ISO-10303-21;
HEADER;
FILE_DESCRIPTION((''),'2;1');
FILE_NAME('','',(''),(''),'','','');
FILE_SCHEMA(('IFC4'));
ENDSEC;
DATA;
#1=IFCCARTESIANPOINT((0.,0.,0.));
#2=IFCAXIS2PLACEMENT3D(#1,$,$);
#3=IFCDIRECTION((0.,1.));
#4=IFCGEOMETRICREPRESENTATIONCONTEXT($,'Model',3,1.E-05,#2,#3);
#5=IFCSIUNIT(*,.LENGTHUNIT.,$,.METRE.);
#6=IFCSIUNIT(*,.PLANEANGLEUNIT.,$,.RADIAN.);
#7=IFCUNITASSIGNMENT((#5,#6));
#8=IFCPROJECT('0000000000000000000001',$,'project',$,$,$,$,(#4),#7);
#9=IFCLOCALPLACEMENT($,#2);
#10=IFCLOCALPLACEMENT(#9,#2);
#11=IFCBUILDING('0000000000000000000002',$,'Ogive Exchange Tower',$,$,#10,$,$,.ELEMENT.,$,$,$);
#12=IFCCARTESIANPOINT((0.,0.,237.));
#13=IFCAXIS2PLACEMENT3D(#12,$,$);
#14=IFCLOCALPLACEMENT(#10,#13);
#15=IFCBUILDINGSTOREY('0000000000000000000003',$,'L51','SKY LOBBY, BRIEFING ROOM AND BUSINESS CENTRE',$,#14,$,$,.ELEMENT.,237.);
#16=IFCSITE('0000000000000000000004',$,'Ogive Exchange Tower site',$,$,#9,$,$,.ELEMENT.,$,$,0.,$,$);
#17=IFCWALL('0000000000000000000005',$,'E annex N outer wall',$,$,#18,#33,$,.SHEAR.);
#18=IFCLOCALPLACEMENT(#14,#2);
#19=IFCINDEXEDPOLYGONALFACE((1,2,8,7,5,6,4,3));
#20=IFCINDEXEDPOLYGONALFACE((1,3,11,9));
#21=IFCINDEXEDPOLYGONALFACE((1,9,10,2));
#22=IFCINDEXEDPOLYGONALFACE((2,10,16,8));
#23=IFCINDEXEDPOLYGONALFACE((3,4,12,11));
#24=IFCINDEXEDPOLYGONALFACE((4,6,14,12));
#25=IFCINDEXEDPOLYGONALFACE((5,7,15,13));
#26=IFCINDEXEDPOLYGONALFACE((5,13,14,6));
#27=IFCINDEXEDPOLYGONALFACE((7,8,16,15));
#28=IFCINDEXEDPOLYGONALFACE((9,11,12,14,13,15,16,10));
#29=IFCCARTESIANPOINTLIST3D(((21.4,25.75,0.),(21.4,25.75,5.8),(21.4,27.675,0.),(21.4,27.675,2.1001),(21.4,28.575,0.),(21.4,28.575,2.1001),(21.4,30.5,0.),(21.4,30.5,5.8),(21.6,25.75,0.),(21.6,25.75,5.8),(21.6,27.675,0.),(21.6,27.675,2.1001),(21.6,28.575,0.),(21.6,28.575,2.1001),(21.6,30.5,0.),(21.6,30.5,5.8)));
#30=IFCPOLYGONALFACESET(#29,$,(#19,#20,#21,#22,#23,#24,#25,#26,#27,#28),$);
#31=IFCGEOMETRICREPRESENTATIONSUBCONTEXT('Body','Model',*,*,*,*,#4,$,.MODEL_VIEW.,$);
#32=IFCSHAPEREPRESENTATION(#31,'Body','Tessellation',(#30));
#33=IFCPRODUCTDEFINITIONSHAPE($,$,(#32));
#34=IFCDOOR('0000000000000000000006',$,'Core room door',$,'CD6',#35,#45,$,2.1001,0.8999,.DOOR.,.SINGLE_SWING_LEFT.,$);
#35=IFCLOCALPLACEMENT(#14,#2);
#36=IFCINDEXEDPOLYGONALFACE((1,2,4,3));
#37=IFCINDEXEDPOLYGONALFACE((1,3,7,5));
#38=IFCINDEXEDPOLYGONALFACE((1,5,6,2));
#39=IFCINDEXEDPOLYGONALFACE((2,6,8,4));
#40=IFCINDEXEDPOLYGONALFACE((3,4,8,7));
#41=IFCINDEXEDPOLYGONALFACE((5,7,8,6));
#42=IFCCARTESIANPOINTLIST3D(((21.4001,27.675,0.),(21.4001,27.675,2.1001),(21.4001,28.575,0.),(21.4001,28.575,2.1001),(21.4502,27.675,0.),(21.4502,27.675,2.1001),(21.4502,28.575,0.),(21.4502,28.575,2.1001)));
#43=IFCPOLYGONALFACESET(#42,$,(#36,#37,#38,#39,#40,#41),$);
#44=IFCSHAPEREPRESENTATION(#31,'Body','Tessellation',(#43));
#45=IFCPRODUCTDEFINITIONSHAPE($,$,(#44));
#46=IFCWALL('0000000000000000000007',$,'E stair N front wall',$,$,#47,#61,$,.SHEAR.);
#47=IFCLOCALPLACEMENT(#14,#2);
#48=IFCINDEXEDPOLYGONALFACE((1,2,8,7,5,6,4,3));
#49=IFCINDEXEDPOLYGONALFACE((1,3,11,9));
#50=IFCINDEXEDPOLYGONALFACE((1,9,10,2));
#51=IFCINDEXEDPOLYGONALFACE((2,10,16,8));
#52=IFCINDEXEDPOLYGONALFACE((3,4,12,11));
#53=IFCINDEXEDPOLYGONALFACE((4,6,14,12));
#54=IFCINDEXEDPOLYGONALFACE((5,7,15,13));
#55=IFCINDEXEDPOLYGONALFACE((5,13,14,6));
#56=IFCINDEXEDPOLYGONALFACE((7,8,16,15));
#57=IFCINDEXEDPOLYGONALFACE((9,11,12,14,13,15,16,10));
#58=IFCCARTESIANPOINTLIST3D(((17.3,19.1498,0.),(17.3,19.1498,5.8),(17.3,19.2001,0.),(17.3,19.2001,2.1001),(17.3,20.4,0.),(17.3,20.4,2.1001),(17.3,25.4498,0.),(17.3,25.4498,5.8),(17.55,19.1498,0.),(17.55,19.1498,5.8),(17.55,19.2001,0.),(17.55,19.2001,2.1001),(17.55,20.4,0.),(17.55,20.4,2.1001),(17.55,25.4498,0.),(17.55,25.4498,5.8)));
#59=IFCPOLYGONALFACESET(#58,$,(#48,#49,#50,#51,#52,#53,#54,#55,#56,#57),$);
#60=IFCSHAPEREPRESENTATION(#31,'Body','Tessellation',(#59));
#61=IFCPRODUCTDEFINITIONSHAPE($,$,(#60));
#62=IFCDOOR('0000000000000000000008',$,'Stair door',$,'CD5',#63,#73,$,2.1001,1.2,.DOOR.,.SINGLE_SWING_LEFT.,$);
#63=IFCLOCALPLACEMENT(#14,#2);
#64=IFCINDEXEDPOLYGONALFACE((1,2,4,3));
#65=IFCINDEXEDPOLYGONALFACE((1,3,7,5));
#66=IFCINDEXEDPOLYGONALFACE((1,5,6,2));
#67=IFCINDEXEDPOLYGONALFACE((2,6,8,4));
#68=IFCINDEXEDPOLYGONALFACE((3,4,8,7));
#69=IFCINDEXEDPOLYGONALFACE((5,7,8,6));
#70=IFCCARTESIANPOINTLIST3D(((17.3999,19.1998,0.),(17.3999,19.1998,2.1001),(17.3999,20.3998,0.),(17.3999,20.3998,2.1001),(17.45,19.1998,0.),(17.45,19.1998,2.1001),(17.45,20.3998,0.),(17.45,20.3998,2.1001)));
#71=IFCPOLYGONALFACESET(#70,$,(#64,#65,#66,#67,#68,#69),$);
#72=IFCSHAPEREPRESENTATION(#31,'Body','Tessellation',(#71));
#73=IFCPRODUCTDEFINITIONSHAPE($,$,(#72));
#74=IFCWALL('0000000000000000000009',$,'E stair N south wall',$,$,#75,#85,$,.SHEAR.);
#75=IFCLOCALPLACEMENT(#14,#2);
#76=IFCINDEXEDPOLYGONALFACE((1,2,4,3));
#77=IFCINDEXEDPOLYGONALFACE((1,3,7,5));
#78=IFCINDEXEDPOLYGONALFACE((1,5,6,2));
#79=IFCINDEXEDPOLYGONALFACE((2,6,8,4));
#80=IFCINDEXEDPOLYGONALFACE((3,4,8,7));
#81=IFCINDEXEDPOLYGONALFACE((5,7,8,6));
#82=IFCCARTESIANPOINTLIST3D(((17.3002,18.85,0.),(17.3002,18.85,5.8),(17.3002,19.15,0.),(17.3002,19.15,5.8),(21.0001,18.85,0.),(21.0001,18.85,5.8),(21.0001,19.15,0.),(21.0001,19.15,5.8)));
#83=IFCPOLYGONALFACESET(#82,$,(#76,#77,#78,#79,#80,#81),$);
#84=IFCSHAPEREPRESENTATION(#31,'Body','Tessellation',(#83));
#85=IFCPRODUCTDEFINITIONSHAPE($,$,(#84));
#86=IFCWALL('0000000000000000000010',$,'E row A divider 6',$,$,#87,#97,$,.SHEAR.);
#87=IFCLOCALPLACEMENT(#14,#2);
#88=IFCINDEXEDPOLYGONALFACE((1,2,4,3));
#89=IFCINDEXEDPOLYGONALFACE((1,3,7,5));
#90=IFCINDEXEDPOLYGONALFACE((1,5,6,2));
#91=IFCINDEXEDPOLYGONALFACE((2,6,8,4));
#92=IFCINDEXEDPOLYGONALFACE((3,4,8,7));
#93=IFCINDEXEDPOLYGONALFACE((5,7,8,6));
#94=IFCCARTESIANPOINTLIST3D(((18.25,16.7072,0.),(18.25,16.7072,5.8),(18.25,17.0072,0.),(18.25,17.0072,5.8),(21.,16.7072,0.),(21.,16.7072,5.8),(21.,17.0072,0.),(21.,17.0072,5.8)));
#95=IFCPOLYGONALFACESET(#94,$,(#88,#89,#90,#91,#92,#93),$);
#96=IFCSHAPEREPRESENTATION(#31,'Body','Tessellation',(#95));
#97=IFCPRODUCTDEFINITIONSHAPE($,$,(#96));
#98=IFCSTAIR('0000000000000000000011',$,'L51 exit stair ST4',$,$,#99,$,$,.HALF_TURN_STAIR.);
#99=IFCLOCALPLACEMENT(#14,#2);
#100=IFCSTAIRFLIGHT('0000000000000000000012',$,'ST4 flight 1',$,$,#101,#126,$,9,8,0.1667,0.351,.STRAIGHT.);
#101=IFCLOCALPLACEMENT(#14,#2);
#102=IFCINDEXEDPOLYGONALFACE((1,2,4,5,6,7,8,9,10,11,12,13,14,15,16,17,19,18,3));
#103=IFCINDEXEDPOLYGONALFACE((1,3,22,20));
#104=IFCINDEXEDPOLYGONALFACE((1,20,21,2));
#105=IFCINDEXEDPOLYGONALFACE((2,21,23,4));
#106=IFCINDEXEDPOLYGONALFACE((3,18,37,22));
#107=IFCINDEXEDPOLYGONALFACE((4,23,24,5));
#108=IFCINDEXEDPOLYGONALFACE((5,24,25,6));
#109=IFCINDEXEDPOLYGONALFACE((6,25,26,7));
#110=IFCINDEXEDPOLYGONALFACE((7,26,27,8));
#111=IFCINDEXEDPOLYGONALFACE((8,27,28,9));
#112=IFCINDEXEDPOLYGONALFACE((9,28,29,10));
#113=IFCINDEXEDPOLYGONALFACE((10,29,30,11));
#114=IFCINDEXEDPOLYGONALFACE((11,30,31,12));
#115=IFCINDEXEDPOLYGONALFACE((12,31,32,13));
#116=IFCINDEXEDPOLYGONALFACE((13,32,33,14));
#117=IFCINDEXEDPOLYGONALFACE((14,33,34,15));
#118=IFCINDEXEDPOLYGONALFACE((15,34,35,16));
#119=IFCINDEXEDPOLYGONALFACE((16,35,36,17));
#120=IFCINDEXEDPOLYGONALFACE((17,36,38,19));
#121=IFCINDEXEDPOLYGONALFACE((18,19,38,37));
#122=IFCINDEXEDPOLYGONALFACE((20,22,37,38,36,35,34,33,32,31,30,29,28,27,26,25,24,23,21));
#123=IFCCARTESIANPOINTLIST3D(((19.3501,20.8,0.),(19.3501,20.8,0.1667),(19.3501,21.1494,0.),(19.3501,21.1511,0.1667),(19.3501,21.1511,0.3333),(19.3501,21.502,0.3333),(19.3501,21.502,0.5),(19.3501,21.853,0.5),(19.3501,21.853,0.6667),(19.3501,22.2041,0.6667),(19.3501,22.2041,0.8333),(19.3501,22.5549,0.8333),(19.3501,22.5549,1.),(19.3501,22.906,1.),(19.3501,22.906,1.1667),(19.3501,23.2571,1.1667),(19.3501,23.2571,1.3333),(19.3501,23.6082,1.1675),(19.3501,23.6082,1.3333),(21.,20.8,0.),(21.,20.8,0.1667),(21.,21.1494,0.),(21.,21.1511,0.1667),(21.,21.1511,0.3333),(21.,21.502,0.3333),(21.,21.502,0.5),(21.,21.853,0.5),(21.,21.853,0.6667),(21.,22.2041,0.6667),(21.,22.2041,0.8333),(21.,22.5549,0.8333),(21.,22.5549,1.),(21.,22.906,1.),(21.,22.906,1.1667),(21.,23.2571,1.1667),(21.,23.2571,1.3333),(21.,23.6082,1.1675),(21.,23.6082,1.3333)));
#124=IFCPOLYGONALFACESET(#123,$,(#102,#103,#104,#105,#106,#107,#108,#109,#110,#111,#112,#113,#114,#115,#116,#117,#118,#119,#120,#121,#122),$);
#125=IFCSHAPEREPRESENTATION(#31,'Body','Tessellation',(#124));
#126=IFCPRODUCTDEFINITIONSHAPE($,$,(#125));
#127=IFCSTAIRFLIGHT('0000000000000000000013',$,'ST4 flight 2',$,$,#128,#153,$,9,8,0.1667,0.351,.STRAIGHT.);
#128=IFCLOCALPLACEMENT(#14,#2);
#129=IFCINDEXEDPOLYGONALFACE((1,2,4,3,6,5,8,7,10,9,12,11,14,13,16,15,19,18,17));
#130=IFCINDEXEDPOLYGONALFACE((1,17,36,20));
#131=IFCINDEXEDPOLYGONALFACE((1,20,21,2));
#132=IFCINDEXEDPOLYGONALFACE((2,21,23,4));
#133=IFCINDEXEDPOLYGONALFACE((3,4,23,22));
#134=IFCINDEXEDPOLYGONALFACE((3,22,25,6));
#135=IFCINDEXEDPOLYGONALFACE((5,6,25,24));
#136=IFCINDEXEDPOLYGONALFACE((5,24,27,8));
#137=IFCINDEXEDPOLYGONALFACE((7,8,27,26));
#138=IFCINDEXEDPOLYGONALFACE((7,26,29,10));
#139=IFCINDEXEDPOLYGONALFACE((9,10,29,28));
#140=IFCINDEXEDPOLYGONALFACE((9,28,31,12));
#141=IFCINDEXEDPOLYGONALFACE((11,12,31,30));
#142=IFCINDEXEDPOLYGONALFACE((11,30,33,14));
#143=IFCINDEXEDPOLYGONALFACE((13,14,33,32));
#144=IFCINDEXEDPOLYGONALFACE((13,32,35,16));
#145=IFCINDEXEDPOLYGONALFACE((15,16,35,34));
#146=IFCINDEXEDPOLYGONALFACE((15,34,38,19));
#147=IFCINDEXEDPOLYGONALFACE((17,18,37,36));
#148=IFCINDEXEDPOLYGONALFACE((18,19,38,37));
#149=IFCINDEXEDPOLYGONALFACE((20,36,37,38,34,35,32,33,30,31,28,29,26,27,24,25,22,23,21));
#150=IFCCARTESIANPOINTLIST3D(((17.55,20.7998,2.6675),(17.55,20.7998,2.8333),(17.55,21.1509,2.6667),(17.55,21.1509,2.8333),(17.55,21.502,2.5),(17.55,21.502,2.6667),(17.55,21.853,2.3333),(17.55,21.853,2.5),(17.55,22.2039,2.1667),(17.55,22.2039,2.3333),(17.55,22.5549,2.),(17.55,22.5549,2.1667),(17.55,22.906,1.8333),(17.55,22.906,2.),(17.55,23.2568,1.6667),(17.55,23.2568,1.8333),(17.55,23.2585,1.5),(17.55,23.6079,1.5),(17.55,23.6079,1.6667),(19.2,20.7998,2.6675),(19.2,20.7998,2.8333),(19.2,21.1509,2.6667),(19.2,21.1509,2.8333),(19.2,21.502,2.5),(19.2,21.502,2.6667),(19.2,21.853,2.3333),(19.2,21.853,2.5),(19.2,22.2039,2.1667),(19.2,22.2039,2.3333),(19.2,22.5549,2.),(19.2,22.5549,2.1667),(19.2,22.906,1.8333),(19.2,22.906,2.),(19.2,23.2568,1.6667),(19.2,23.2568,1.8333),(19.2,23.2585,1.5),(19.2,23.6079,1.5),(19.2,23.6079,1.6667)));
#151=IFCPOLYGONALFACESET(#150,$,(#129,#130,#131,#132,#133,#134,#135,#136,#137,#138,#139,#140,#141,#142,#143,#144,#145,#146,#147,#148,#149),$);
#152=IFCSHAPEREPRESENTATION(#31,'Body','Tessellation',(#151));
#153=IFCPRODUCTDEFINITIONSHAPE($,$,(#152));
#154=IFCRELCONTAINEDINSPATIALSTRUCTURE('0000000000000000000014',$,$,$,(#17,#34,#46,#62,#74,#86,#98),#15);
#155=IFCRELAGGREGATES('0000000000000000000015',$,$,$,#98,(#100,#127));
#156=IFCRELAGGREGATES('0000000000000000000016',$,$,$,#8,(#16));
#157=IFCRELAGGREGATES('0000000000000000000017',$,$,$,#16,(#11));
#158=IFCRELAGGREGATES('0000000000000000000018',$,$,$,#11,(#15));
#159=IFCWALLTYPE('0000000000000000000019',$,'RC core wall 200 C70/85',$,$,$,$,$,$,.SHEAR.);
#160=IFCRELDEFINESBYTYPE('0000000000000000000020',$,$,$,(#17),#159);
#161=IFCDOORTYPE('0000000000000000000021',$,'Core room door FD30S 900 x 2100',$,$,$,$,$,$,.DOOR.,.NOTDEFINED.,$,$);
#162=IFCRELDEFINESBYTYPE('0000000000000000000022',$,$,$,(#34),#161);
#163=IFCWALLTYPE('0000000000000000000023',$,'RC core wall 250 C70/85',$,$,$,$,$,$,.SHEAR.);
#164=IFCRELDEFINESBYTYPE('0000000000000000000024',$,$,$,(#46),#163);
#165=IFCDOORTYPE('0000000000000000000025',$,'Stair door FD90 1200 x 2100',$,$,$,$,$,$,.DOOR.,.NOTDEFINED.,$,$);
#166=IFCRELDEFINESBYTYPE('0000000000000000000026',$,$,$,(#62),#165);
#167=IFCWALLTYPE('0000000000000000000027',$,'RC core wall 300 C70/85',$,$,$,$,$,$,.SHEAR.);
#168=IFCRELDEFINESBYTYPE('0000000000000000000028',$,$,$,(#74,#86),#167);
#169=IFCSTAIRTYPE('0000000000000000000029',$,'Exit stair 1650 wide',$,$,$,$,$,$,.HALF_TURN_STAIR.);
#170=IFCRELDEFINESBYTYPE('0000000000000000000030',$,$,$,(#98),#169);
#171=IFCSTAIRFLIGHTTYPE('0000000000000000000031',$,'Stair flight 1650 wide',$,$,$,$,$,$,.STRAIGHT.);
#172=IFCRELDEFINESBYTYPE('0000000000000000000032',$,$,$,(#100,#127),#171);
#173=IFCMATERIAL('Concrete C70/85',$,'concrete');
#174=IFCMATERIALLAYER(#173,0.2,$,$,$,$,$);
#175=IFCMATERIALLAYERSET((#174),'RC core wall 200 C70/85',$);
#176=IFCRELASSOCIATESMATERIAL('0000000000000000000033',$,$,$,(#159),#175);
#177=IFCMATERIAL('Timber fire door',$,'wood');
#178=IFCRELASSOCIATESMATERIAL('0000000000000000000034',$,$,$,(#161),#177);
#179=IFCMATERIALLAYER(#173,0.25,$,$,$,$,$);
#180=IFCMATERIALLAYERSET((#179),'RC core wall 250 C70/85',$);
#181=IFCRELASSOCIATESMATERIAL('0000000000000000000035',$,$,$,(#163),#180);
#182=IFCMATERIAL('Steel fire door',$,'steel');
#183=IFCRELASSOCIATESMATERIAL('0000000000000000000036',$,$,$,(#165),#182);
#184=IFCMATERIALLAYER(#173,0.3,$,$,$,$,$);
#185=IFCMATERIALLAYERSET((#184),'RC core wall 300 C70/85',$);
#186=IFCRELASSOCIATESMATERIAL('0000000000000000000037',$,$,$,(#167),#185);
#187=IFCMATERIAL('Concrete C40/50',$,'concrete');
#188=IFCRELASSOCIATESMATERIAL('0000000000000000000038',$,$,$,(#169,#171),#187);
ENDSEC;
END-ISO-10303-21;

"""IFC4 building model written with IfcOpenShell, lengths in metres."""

from ifc_helpers import new_model, si_unit, direction, frame, frame_2d, origin, place, context, subcontext, project, spatial, polyline, rectangle, outline, extrude, material, layer, layer_set, type_object, element, fill, aggregate, save


model = new_model("IFC4")

# Units and contexts
model_context = context("Model", 3, precision=1e-05, world=origin(), true_north=direction((0.0, 1.0)))
body_context = subcontext(model_context, "Body", "Model", "MODEL_VIEW")
ifc_project = project(units=[si_unit("LENGTHUNIT", "METRE"), si_unit("PLANEANGLEUNIT", "RADIAN")], contexts=[model_context])

# Site, building, storey
site_placement = place(None, origin())
site = spatial("IfcSite", under=ifc_project, at=site_placement, Name="Ogive Exchange Tower site", CompositionType="ELEMENT", RefElevation=0.0)
building_placement = place(site_placement, origin())
building = spatial("IfcBuilding", under=site, at=building_placement, Name="Ogive Exchange Tower", CompositionType="ELEMENT")
storey_placement = place(building_placement, frame((0.0, 0.0, 237.0)))
storey = spatial("IfcBuildingStorey", under=building, at=storey_placement, Name="L51", Description="SKY LOBBY, BRIEFING ROOM AND BUSINESS CENTRE", CompositionType="ELEMENT", Elevation=237.0)

# Walls, openings, doors
ifc_material_1 = material(Name="Concrete C70/85", Category="concrete")
ifc_layer_1 = layer(ifc_material_1, 0.2)
ifc_layer_set_1 = layer_set([ifc_layer_1], Name="RC core wall 200 C70/85")
wall_type_1 = type_object("IfcWallType", Name="RC core wall 200 C70/85", PredefinedType="SHEAR", material=ifc_layer_set_1)
wall_1_placement = place(storey_placement, frame((21.5, 25.75, 0.0), z_axis=(0.0, 0.0, 1.0), x_axis=(0.0, 1.0, 0.0)))
wall_1 = element("IfcWall", 1, at=wall_1_placement, inside=storey, type_object=wall_type_1, Name="E annex N outer wall", PredefinedType="SHEAR", context=body_context, shape_type="SweptSolid", body=[
    extrude(rectangle(XDim=4.75, YDim=0.2, at=frame_2d((2.375, 0.0))), origin(), (0.0, 0.0, 1.0), 5.8),
])
opening_1_placement = place(wall_1_placement, frame((1.925, 0.0, 0.0)))
opening_1 = element("IfcOpeningElement", 2, at=opening_1_placement, cuts=wall_1, PredefinedType="OPENING", context=body_context, shape_type="SweptSolid", body=[
    extrude(rectangle(XDim=0.8999, YDim=2.1001, at=frame_2d((0.45, 1.05))), frame((0.0, 0.1099, 0.0), z_axis=(0.0, -1.0, 0.0), x_axis=(1.0, 0.0, 0.0)), (0.0, 0.0, 1.0), 0.22),
])
ifc_material_2 = material(Name="Timber fire door", Category="wood")
door_type_1 = type_object("IfcDoorType", Name="Core room door FD30S 900 x 2100", OperationType="NOTDEFINED", PredefinedType="DOOR", material=ifc_material_2)
door_1_placement = place(opening_1_placement, frame((0.8999, 0.1499, 0.0), z_axis=(0.0, 0.0, 1.0), x_axis=(-1.0, 0.0, 0.0)))
door_1 = element("IfcDoor", 3, at=door_1_placement, inside=storey, type_object=door_type_1, Name="Core room door", ObjectType="CD6", OperationType="SINGLE_SWING_LEFT", OverallHeight=2.1001, OverallWidth=0.8999, PredefinedType="DOOR", context=body_context, shape_type="SweptSolid", body=[
    extrude(rectangle(XDim=0.8999, YDim=2.1001, at=frame_2d((0.45, 1.05))), frame((0.0, 0.1001, 0.0), z_axis=(0.0, -1.0, 0.0), x_axis=(1.0, 0.0, 0.0)), (0.0, 0.0, 1.0), 0.05),
])
fill(opening_1, door_1)
ifc_layer_2 = layer(ifc_material_1, 0.25)
ifc_layer_set_2 = layer_set([ifc_layer_2], Name="RC core wall 250 C70/85")
wall_type_2 = type_object("IfcWallType", Name="RC core wall 250 C70/85", PredefinedType="SHEAR", material=ifc_layer_set_2)
wall_2_placement = place(storey_placement, frame((17.425, 19.1499, 0.0), z_axis=(0.0, 0.0, 1.0), x_axis=(0.0, 1.0, 0.0)))
wall_2 = element("IfcWall", 4, at=wall_2_placement, inside=storey, type_object=wall_type_2, Name="E stair N front wall", PredefinedType="SHEAR", context=body_context, shape_type="SweptSolid", body=[
    extrude(rectangle(XDim=6.3, YDim=0.25, at=frame_2d((3.1499, 0.0))), origin(), (0.0, 0.0, 1.0), 5.8),
])
opening_2_placement = place(wall_2_placement, frame((0.05, 0.0, 0.0)))
opening_2 = element("IfcOpeningElement", 5, at=opening_2_placement, cuts=wall_2, PredefinedType="OPENING", context=body_context, shape_type="SweptSolid", body=[
    extrude(rectangle(XDim=1.2, YDim=2.1001, at=frame_2d((0.6001, 1.05))), frame((0.0, 0.135, 0.0), z_axis=(0.0, -1.0, 0.0), x_axis=(1.0, 0.0, 0.0)), (0.0, 0.0, 1.0), 0.27),
])
ifc_material_3 = material(Name="Steel fire door", Category="steel")
door_type_2 = type_object("IfcDoorType", Name="Stair door FD90 1200 x 2100", OperationType="NOTDEFINED", PredefinedType="DOOR", material=ifc_material_3)
door_2_placement = place(opening_2_placement, frame((1.2, 0.0, 0.0), z_axis=(0.0, 0.0, 1.0), x_axis=(-1.0, 0.0, 0.0)))
door_2 = element("IfcDoor", 6, at=door_2_placement, inside=storey, type_object=door_type_2, Name="Stair door", ObjectType="CD5", OperationType="SINGLE_SWING_LEFT", OverallHeight=2.1001, OverallWidth=1.2, PredefinedType="DOOR", context=body_context, shape_type="SweptSolid", body=[
    extrude(rectangle(XDim=1.2, YDim=2.1001, at=frame_2d((0.6001, 1.05))), frame((0.0, 0.0249, 0.0), z_axis=(0.0, -1.0, 0.0), x_axis=(1.0, 0.0, 0.0)), (0.0, 0.0, 1.0), 0.05),
])
fill(opening_2, door_2)

# Walls
ifc_layer_3 = layer(ifc_material_1, 0.3)
ifc_layer_set_3 = layer_set([ifc_layer_3], Name="RC core wall 300 C70/85")
wall_type_3 = type_object("IfcWallType", Name="RC core wall 300 C70/85", PredefinedType="SHEAR", material=ifc_layer_set_3)
wall_3_placement = place(storey_placement, frame((17.3, 19.0, 0.0), z_axis=(0.0, 0.0, 1.0), x_axis=(1.0, 0.0, 0.0)))
element("IfcWall", 7, at=wall_3_placement, inside=storey, type_object=wall_type_3, Name="E stair N south wall", PredefinedType="SHEAR", context=body_context, shape_type="SweptSolid", body=[
    extrude(rectangle(XDim=3.7, YDim=0.3, at=frame_2d((1.8501, 0.0))), origin(), (0.0, 0.0, 1.0), 5.8),
])
wall_4_placement = place(storey_placement, frame((18.25, 16.8572, 0.0), z_axis=(0.0, 0.0, 1.0), x_axis=(1.0, 0.0, 0.0)))
element("IfcWall", 8, at=wall_4_placement, inside=storey, type_object=wall_type_3, Name="E row A divider 6", PredefinedType="SHEAR", context=body_context, shape_type="SweptSolid", body=[
    extrude(rectangle(XDim=2.75, YDim=0.3, at=frame_2d((1.375, 0.0))), origin(), (0.0, 0.0, 1.0), 5.8),
])

# Stair, stair flights
ifc_material_4 = material(Name="Concrete C40/50", Category="concrete")
stair_type = type_object("IfcStairType", Name="Exit stair 1650 wide", PredefinedType="HALF_TURN_STAIR", material=ifc_material_4)
stair_placement = place(storey_placement, origin())
stair = element("IfcStair", 9, at=stair_placement, inside=storey, type_object=stair_type, Name="L51 exit stair ST4", PredefinedType="HALF_TURN_STAIR")
stair_flight_type = type_object("IfcStairFlightType", Name="Stair flight 1650 wide", PredefinedType="STRAIGHT", material=ifc_material_4)
stair_flight_1_placement = place(storey_placement, frame((20.175, 20.8, 0.0), z_axis=(0.0, 0.0, 1.0), x_axis=(0.0, 1.0, 0.0)))
stair_flight_1 = element("IfcStairFlight", 10, at=stair_flight_1_placement, type_object=stair_flight_type, Name="ST4 flight 1", NumberOfRisers=9, NumberOfTreads=8, PredefinedType="STRAIGHT", RiserHeight=0.1667, TreadLength=0.351, context=body_context, shape_type="SweptSolid", body=[
    extrude(outline(polyline([(0.0, 0.0), (0.0, 0.1667), (0.3511, 0.1667), (0.3511, 0.3333), (0.7019, 0.3333), (0.7019, 0.5), (1.053, 0.5), (1.053, 0.6667), (1.4041, 0.6667), (1.4041, 0.8333), (1.7549, 0.8333), (1.7549, 1.0), (2.106, 1.0), (2.106, 1.1667), (2.457, 1.1667), (2.457, 1.3333), (2.8081, 1.3333), (2.8081, 1.5), (2.8081, 1.1675), (0.3494, 0.0), (0.0, 0.0)])), frame((0.0, 0.825, 0.0), z_axis=(0.0, -1.0, 0.0), x_axis=(1.0, 0.0, 0.0)), (0.0, 0.0, 1.0), 1.6499),
])
stair_flight_2_placement = place(storey_placement, frame((18.375, 23.6079, 1.5), z_axis=(0.0, 0.0, 1.0), x_axis=(0.0, -1.0, 0.0)))
stair_flight_2 = element("IfcStairFlight", 11, at=stair_flight_2_placement, type_object=stair_flight_type, Name="ST4 flight 2", NumberOfRisers=9, NumberOfTreads=8, PredefinedType="STRAIGHT", RiserHeight=0.1667, TreadLength=0.351, context=body_context, shape_type="SweptSolid", body=[
    extrude(outline(polyline([(0.0, 0.0), (0.0, 0.1667), (0.3511, 0.1667), (0.3511, 0.3333), (0.7019, 0.3333), (0.7019, 0.5), (1.053, 0.5), (1.053, 0.6667), (1.4041, 0.6667), (1.4041, 0.8333), (1.7549, 0.8333), (1.7549, 1.0), (2.106, 1.0), (2.106, 1.1667), (2.457, 1.1667), (2.457, 1.3333), (2.8081, 1.3333), (2.8081, 1.5), (2.8081, 1.1675), (0.3494, 0.0), (0.0, 0.0)])), frame((0.0, 0.825, 0.0), z_axis=(0.0, -1.0, 0.0), x_axis=(1.0, 0.0, 0.0)), (0.0, 0.0, 1.0), 1.6499),
])
aggregate(stair, [stair_flight_1, stair_flight_2])

save(model, "model.ifc")
